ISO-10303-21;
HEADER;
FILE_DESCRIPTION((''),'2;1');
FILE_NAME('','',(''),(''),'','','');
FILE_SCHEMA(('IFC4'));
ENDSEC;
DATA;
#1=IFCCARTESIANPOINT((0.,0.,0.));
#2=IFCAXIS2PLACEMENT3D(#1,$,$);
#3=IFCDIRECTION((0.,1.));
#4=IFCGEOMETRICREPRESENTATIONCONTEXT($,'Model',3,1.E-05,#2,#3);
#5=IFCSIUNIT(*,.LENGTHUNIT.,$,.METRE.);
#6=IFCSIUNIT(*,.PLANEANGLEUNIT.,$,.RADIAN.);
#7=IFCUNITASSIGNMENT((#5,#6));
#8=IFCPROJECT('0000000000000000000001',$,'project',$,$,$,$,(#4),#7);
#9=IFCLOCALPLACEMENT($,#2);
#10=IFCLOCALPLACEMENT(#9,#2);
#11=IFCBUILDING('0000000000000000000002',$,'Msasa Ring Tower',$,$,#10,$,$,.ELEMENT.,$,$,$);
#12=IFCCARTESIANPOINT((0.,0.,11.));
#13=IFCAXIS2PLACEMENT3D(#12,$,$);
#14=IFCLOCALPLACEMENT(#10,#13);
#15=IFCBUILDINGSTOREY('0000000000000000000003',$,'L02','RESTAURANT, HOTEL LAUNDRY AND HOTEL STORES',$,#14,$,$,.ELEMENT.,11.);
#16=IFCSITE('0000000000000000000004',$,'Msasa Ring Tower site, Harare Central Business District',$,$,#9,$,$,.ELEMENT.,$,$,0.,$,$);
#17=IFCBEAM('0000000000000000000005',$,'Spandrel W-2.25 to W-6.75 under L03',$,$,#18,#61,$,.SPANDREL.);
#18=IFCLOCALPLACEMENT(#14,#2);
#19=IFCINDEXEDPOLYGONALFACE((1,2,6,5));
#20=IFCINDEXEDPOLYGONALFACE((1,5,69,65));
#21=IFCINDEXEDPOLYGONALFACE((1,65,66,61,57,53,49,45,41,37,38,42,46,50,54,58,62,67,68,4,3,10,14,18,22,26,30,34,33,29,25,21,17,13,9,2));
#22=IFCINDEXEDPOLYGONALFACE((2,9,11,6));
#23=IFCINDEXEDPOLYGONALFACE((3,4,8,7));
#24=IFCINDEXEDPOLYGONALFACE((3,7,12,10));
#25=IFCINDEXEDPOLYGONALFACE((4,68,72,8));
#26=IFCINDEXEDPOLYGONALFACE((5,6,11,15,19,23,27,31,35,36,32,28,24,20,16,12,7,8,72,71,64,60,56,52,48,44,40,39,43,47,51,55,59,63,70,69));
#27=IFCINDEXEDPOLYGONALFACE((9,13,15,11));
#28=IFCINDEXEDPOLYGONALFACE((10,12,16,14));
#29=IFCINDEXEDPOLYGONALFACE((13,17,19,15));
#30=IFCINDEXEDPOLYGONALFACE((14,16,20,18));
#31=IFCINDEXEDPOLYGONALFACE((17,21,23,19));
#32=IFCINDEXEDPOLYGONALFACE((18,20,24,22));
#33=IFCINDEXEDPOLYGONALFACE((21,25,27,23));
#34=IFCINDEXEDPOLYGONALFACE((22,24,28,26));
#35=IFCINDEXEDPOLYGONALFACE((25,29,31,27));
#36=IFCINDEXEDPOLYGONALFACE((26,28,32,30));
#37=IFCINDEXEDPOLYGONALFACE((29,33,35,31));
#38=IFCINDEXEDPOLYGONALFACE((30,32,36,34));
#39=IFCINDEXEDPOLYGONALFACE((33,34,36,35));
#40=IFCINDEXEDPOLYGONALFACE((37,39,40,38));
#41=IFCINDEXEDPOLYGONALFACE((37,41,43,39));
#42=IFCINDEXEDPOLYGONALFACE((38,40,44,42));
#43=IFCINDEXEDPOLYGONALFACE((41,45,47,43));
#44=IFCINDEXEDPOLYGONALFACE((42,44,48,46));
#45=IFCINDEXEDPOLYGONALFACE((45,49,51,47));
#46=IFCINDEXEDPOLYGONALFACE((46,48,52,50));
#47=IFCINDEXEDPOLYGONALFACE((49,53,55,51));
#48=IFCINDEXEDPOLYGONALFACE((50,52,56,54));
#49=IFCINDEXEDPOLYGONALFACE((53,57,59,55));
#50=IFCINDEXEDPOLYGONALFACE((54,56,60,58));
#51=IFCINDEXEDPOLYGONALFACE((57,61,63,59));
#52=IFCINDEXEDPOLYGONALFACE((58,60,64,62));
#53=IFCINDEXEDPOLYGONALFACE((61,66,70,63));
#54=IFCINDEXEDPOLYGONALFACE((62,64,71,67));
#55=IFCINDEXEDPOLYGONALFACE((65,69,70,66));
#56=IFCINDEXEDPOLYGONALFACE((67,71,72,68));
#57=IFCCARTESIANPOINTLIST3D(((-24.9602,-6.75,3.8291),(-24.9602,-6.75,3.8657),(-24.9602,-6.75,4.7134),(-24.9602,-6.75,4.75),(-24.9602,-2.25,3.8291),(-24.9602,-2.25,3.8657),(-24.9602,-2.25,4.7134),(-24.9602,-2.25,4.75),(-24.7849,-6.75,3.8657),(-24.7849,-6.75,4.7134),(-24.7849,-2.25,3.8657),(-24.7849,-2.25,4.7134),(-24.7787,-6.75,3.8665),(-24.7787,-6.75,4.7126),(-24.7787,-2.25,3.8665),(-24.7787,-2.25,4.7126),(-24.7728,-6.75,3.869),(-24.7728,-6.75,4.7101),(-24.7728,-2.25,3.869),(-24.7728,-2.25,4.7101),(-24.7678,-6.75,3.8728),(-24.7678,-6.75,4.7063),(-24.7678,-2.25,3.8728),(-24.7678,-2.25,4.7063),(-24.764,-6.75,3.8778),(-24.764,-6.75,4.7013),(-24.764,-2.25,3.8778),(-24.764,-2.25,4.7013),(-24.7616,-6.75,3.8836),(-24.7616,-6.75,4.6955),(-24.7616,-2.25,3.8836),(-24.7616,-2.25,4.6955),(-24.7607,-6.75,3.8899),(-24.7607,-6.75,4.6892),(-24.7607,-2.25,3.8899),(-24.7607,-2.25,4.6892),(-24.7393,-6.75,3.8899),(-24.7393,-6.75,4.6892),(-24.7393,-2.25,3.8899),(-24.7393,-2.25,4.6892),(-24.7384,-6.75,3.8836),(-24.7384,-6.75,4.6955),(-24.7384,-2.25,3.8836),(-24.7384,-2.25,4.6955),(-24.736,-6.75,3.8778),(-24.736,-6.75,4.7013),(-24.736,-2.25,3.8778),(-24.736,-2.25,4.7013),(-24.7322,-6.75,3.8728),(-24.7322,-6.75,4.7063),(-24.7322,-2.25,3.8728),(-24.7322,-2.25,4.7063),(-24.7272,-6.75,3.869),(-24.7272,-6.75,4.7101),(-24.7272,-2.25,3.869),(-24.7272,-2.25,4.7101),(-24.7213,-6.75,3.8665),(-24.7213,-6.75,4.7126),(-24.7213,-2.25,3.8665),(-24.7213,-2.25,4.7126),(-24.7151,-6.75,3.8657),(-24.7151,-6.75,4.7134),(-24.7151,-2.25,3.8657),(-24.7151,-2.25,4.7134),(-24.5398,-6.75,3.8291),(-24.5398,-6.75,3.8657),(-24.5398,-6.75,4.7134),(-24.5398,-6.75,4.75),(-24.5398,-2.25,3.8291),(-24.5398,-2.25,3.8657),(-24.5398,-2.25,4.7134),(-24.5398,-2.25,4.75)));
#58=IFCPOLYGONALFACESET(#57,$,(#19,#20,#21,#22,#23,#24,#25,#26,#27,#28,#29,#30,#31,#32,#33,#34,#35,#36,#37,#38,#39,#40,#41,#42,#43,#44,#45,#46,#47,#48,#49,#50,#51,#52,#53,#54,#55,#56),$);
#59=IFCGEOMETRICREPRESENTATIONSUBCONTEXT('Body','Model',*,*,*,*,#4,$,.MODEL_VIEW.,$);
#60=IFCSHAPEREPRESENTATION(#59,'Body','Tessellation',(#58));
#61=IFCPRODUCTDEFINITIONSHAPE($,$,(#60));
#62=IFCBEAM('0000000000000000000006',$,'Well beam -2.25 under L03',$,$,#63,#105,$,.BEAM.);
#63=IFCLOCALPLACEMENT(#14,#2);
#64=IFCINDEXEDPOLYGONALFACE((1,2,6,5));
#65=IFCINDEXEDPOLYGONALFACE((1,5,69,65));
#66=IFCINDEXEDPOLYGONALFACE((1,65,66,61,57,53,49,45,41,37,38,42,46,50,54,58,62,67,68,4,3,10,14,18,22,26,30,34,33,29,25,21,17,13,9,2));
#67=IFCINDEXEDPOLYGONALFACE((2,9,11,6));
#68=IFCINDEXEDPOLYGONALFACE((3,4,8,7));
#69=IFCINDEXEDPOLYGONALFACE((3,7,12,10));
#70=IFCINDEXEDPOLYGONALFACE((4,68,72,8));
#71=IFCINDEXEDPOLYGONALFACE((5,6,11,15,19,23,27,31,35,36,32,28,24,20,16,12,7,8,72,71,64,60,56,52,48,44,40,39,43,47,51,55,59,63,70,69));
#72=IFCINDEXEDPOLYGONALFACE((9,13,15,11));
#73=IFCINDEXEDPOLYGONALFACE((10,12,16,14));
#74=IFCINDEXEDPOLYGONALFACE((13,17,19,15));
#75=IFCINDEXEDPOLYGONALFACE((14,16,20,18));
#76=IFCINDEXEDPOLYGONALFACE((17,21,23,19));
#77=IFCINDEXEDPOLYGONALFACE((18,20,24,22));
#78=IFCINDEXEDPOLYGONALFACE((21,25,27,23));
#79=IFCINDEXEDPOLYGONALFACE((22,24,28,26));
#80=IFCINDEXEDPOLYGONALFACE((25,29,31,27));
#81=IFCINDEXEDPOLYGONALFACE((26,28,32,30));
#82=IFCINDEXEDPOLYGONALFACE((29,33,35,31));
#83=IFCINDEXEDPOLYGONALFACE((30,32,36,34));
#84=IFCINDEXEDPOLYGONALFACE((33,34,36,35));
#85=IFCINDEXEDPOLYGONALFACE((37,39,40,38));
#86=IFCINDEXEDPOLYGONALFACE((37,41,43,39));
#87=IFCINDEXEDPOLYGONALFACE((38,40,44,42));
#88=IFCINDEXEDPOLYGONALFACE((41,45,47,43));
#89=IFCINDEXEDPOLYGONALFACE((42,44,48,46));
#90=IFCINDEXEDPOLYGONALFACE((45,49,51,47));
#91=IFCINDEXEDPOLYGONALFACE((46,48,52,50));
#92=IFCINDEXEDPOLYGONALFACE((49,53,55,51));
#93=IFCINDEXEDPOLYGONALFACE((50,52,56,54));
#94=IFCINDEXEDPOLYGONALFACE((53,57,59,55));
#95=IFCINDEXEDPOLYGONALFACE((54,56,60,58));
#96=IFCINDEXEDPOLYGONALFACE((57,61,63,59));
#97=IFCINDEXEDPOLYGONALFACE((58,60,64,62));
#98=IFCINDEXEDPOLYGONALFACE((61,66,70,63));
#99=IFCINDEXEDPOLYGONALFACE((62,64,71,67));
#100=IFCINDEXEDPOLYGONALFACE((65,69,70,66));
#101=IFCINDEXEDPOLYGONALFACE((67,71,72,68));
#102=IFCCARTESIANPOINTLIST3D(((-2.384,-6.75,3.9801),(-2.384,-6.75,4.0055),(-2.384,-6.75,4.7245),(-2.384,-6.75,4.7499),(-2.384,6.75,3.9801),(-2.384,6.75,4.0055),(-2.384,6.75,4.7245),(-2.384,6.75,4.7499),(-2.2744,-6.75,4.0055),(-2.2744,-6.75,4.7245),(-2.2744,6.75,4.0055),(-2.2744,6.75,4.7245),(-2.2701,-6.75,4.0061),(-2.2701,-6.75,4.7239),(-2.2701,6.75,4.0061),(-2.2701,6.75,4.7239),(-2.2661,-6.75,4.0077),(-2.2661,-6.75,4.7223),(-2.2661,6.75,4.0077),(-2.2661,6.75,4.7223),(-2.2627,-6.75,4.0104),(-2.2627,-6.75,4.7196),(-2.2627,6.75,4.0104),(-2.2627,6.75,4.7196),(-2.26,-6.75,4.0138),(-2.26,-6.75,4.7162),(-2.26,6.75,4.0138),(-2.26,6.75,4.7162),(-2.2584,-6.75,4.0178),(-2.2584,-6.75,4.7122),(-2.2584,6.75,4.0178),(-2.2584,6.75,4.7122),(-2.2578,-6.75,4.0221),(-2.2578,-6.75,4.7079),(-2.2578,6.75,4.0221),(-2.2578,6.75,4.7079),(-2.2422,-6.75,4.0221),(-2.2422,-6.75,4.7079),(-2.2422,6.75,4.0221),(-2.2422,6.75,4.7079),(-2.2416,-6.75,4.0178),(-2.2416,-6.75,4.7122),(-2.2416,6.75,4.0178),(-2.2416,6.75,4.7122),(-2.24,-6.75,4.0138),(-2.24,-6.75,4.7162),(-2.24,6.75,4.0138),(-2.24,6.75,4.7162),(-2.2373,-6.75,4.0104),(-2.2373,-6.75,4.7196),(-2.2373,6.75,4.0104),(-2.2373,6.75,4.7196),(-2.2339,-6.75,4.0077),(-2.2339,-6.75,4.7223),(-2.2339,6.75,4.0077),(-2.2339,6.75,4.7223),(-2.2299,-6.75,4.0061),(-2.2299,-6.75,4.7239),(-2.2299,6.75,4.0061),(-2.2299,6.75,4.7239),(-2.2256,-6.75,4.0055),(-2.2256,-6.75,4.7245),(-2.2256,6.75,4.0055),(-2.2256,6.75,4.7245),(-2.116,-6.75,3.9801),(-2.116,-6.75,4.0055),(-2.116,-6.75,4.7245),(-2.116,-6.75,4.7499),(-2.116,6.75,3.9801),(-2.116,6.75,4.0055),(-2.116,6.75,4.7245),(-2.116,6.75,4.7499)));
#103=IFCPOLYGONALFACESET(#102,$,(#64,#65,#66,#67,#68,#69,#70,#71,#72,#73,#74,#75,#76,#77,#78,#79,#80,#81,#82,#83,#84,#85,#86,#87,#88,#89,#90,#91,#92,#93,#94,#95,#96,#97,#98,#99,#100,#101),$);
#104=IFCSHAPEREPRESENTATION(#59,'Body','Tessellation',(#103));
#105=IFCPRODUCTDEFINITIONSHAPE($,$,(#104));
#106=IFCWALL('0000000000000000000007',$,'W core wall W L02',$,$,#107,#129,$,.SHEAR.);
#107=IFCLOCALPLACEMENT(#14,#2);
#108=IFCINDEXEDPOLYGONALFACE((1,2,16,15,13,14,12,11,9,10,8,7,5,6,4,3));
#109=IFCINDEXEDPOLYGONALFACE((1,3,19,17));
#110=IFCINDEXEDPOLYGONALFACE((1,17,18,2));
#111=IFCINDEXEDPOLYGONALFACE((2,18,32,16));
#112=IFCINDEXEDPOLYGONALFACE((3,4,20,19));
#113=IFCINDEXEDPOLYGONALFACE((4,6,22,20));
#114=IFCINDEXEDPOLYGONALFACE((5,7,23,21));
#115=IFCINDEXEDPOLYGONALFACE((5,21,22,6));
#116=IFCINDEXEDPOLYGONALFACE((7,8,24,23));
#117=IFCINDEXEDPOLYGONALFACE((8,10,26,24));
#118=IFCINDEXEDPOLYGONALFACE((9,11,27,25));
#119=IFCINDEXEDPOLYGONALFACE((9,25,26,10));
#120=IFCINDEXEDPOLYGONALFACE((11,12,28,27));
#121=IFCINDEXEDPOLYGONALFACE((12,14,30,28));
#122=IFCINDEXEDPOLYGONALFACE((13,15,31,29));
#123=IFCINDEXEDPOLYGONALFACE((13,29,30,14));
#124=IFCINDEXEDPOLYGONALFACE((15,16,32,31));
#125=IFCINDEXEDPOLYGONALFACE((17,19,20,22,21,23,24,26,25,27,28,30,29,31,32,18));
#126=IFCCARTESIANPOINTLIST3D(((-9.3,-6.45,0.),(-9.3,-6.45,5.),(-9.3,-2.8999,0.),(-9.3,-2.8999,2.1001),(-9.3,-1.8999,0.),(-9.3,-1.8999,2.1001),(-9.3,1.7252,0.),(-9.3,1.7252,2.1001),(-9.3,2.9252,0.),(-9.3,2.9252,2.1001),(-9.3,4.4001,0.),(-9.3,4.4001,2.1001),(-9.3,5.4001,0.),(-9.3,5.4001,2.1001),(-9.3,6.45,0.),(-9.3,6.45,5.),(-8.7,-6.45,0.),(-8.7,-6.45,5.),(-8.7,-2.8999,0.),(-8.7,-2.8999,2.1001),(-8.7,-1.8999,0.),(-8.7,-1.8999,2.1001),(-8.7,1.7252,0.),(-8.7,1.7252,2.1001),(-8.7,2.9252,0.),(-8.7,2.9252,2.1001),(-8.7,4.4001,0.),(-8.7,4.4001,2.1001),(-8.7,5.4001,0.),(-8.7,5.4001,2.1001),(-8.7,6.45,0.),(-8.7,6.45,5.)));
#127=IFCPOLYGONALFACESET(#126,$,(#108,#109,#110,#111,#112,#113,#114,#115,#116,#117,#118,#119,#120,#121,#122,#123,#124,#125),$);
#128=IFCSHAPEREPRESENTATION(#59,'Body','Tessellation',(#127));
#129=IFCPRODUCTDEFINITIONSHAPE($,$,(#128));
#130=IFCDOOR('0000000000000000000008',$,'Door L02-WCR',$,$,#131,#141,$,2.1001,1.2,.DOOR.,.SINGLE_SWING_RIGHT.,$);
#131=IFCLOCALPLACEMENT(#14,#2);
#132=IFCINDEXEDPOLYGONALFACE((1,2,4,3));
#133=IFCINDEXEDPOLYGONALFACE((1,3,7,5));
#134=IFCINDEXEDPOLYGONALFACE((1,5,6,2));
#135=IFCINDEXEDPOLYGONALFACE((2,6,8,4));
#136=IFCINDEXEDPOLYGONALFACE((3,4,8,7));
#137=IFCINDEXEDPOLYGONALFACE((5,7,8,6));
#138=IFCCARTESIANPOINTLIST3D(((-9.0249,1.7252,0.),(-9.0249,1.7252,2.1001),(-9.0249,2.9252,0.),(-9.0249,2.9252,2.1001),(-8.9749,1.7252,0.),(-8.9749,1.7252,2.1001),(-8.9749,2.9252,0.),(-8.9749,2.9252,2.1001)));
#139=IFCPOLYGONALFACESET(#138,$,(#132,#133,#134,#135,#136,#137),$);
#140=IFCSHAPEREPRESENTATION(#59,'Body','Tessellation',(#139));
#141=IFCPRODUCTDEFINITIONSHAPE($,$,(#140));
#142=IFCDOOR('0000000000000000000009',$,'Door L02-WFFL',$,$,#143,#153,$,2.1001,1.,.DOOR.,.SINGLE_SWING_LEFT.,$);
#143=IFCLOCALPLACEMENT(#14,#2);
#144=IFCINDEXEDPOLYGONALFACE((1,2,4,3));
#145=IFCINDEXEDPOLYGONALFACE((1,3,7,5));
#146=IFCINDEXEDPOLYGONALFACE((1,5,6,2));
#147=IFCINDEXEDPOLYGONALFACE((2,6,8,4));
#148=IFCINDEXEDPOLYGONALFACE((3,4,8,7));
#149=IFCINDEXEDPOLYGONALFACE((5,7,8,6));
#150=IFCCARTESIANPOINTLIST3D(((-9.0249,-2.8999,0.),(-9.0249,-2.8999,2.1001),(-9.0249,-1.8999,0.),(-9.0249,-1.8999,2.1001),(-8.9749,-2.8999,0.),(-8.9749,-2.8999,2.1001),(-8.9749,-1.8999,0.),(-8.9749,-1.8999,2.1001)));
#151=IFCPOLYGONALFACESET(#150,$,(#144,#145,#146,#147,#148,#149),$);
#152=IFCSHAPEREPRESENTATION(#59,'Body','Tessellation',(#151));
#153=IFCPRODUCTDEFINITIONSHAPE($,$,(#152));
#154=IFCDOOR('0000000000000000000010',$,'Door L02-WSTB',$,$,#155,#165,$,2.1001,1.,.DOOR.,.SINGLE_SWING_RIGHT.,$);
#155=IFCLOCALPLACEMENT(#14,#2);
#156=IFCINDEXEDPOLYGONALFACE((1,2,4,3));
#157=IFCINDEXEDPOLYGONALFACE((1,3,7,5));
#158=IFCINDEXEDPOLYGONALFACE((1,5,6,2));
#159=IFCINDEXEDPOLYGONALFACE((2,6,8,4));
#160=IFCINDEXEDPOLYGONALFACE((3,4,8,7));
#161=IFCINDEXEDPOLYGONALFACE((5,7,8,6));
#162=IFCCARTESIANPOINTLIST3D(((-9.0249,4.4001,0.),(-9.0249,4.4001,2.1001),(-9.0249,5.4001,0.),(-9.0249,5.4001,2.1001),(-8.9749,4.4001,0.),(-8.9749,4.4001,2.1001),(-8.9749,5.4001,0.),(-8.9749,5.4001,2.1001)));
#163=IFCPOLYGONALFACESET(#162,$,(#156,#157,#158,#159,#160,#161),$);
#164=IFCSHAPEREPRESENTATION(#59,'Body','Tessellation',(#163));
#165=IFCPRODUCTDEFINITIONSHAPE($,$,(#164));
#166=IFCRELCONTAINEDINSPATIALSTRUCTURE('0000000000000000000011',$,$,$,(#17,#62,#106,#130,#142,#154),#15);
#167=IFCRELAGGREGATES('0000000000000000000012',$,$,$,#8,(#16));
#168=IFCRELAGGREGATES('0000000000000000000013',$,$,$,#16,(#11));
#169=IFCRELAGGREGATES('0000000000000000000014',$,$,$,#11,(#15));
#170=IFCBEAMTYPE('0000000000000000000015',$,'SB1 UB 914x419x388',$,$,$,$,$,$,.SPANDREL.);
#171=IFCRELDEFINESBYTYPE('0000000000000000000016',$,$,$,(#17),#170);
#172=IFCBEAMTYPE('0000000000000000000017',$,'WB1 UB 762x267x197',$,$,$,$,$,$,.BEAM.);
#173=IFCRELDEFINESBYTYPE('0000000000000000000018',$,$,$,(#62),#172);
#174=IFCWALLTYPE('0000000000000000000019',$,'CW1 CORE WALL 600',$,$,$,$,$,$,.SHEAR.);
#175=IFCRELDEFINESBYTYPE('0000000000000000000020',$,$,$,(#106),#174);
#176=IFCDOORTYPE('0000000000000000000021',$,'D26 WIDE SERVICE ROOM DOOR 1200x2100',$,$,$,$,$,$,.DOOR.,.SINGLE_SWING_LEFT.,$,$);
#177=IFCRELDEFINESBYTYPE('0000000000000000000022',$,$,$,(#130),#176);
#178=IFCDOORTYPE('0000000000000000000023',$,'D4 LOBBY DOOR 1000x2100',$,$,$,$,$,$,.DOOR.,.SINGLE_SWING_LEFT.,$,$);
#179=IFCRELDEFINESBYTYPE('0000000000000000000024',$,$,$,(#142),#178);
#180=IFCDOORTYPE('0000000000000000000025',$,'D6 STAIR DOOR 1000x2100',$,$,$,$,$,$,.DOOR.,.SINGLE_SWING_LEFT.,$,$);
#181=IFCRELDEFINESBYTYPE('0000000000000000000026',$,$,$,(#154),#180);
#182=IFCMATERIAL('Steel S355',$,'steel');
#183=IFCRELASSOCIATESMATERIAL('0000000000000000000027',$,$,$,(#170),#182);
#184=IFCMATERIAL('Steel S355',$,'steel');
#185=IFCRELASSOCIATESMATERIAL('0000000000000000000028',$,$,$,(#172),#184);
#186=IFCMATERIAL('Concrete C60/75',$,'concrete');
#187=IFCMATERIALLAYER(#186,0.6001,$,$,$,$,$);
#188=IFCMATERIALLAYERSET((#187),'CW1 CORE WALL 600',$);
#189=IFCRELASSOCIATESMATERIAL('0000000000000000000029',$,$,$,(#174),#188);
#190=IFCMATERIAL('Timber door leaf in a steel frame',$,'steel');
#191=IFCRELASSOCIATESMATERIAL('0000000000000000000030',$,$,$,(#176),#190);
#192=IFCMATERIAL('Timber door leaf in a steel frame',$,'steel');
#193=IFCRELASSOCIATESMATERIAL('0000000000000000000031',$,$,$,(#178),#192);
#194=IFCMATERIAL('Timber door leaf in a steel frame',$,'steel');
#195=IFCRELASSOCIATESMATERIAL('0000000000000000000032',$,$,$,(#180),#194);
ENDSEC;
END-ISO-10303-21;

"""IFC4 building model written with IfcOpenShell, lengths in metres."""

from ifc_helpers import new_model, si_unit, direction, frame, frame_2d, origin, origin_2d, place, context, subcontext, project, spatial, rectangle, i_section, extrude, material, layer, layer_set, material_profile, profile_set, type_object, element, fill, save


model = new_model("IFC4")

# Units and contexts
model_context = context("Model", 3, precision=1e-05, world=origin(), true_north=direction((0.0, 1.0)))
body_context = subcontext(model_context, "Body", "Model", "MODEL_VIEW")
ifc_project = project(units=[si_unit("LENGTHUNIT", "METRE"), si_unit("PLANEANGLEUNIT", "RADIAN")], contexts=[model_context])

# Site, building, storey
site_placement = place(None, origin())
site = spatial("IfcSite", under=ifc_project, at=site_placement, Name="Msasa Ring Tower site, Harare Central Business District", CompositionType="ELEMENT", RefElevation=0.0)
building_placement = place(site_placement, origin())
building = spatial("IfcBuilding", under=site, at=building_placement, Name="Msasa Ring Tower", CompositionType="ELEMENT")
storey_placement = place(building_placement, frame((0.0, 0.0, 11.0)))
storey = spatial("IfcBuildingStorey", under=building, at=storey_placement, Name="L02", Description="RESTAURANT, HOTEL LAUNDRY AND HOTEL STORES", CompositionType="ELEMENT", Elevation=11.0)

# Beams
ifc_material_1 = material(Name="Steel S355", Category="steel")
ifc_material_profile_1 = material_profile(ifc_material_1, i_section(OverallWidth=0.4204, OverallDepth=0.9209, WebThickness=0.0215, FlangeThickness=0.0366, FilletRadius=0.0242, at=origin_2d()), Name="UB 914x419x388")
ifc_profile_set_1 = profile_set([ifc_material_profile_1], Name="Steel S355")
beam_type_1 = type_object("IfcBeamType", Name="SB1 UB 914x419x388", PredefinedType="SPANDREL", material=ifc_profile_set_1)
beam_1_placement = place(storey_placement, frame((-24.75, -2.25, 4.2896), z_axis=(0.0, -1.0, 0.0), x_axis=(1.0, 0.0, 0.0)))
element("IfcBeam", 1, at=beam_1_placement, inside=storey, type_object=beam_type_1, Name="Spandrel W-2.25 to W-6.75 under L03", PredefinedType="SPANDREL", context=body_context, shape_type="SweptSolid", body=[
    extrude(i_section(OverallWidth=0.4204, OverallDepth=0.9209, WebThickness=0.0215, FlangeThickness=0.0366, FilletRadius=0.0242, at=origin_2d()), origin(), (0.0, 0.0, 1.0), 4.5),
])
ifc_material_2 = material(Name="Steel S355", Category="steel")
ifc_material_profile_2 = material_profile(ifc_material_2, i_section(OverallWidth=0.2681, OverallDepth=0.7698, WebThickness=0.0156, FlangeThickness=0.0254, FilletRadius=0.0166, at=origin_2d()), Name="UB 762x267x197")
ifc_profile_set_2 = profile_set([ifc_material_profile_2], Name="Steel S355")
beam_type_2 = type_object("IfcBeamType", Name="WB1 UB 762x267x197", PredefinedType="BEAM", material=ifc_profile_set_2)
beam_2_placement = place(storey_placement, frame((-2.25, -6.75, 4.365), z_axis=(0.0, 1.0, 0.0), x_axis=(-1.0, 0.0, 0.0)))
element("IfcBeam", 2, at=beam_2_placement, inside=storey, type_object=beam_type_2, Name="Well beam -2.25 under L03", PredefinedType="BEAM", context=body_context, shape_type="SweptSolid", body=[
    extrude(i_section(OverallWidth=0.2681, OverallDepth=0.7698, WebThickness=0.0156, FlangeThickness=0.0254, FilletRadius=0.0166, at=origin_2d()), origin(), (0.0, 0.0, 1.0), 13.5),
])

# Wall, openings, doors
ifc_material_3 = material(Name="Concrete C60/75", Category="concrete")
ifc_layer_1 = layer(ifc_material_3, 0.6001)
ifc_layer_set_1 = layer_set([ifc_layer_1], Name="CW1 CORE WALL 600")
wall_type_1 = type_object("IfcWallType", Name="CW1 CORE WALL 600", PredefinedType="SHEAR", material=ifc_layer_set_1)
wall_1_placement = place(storey_placement, frame((-9.0, -6.45, 0.0), z_axis=(0.0, 0.0, 1.0), x_axis=(0.0, 1.0, 0.0)))
wall_1 = element("IfcWall", 3, at=wall_1_placement, inside=storey, type_object=wall_type_1, Name="W core wall W L02", PredefinedType="SHEAR", context=body_context, shape_type="SweptSolid", body=[
    extrude(rectangle(XDim=12.8999, YDim=0.6001, at=frame_2d((6.45, 0.0))), origin(), (0.0, 0.0, 1.0), 5.0),
])
opening_1_placement = place(wall_1_placement, frame((3.55, 0.0, 0.0)))
opening_1 = element("IfcOpeningElement", 4, at=opening_1_placement, cuts=wall_1, PredefinedType="OPENING", context=body_context, shape_type="SweptSolid", body=[
    extrude(rectangle(XDim=1.0, YDim=2.1001, at=frame_2d((0.5, 1.05))), frame((0.0, 0.3101, 0.0), z_axis=(0.0, -1.0, 0.0), x_axis=(1.0, 0.0, 0.0)), (0.0, 0.0, 1.0), 0.6201),
])
opening_2_placement = place(wall_1_placement, frame((8.175, 0.0, 0.0)))
opening_2 = element("IfcOpeningElement", 5, at=opening_2_placement, cuts=wall_1, PredefinedType="OPENING", context=body_context, shape_type="SweptSolid", body=[
    extrude(rectangle(XDim=1.2, YDim=2.1001, at=frame_2d((0.6001, 1.05))), frame((0.0, 0.3101, 0.0), z_axis=(0.0, -1.0, 0.0), x_axis=(1.0, 0.0, 0.0)), (0.0, 0.0, 1.0), 0.6201),
])
opening_3_placement = place(wall_1_placement, frame((10.8501, 0.0, 0.0)))
opening_3 = element("IfcOpeningElement", 6, at=opening_3_placement, cuts=wall_1, PredefinedType="OPENING", context=body_context, shape_type="SweptSolid", body=[
    extrude(rectangle(XDim=1.0, YDim=2.1001, at=frame_2d((0.5, 1.05))), frame((0.0, 0.3101, 0.0), z_axis=(0.0, -1.0, 0.0), x_axis=(1.0, 0.0, 0.0)), (0.0, 0.0, 1.0), 0.6201),
])
ifc_material_4 = material(Name="Timber door leaf in a steel frame", Category="steel")
door_type_1 = type_object("IfcDoorType", Name="D26 WIDE SERVICE ROOM DOOR 1200x2100", OperationType="SINGLE_SWING_LEFT", PredefinedType="DOOR", material=ifc_material_4)
door_1_placement = place(opening_2_placement, origin())
door_1 = element("IfcDoor", 7, at=door_1_placement, inside=storey, type_object=door_type_1, Name="Door L02-WCR", OperationType="SINGLE_SWING_RIGHT", OverallHeight=2.1001, OverallWidth=1.2, PredefinedType="DOOR", context=body_context, shape_type="SweptSolid", body=[
    extrude(rectangle(XDim=1.2, YDim=2.1001, at=frame_2d((0.6001, 1.05))), frame((0.0, 0.0249, 0.0), z_axis=(0.0, -1.0, 0.0), x_axis=(1.0, 0.0, 0.0)), (0.0, 0.0, 1.0), 0.05),
])
fill(opening_2, door_1)
ifc_material_5 = material(Name="Timber door leaf in a steel frame", Category="steel")
door_type_2 = type_object("IfcDoorType", Name="D4 LOBBY DOOR 1000x2100", OperationType="SINGLE_SWING_LEFT", PredefinedType="DOOR", material=ifc_material_5)
door_2_placement = place(opening_1_placement, origin())
door_2 = element("IfcDoor", 8, at=door_2_placement, inside=storey, type_object=door_type_2, Name="Door L02-WFFL", OperationType="SINGLE_SWING_LEFT", OverallHeight=2.1001, OverallWidth=1.0, PredefinedType="DOOR", context=body_context, shape_type="SweptSolid", body=[
    extrude(rectangle(XDim=1.0, YDim=2.1001, at=frame_2d((0.5, 1.05))), frame((0.0, 0.0249, 0.0), z_axis=(0.0, -1.0, 0.0), x_axis=(1.0, 0.0, 0.0)), (0.0, 0.0, 1.0), 0.05),
])
fill(opening_1, door_2)
ifc_material_6 = material(Name="Timber door leaf in a steel frame", Category="steel")
door_type_3 = type_object("IfcDoorType", Name="D6 STAIR DOOR 1000x2100", OperationType="SINGLE_SWING_LEFT", PredefinedType="DOOR", material=ifc_material_6)
door_3_placement = place(opening_3_placement, origin())
door_3 = element("IfcDoor", 9, at=door_3_placement, inside=storey, type_object=door_type_3, Name="Door L02-WSTB", OperationType="SINGLE_SWING_RIGHT", OverallHeight=2.1001, OverallWidth=1.0, PredefinedType="DOOR", context=body_context, shape_type="SweptSolid", body=[
    extrude(rectangle(XDim=1.0, YDim=2.1001, at=frame_2d((0.5, 1.05))), frame((0.0, 0.0249, 0.0), z_axis=(0.0, -1.0, 0.0), x_axis=(1.0, 0.0, 0.0)), (0.0, 0.0, 1.0), 0.05),
])
fill(opening_3, door_3)

save(model, "model.ifc")
